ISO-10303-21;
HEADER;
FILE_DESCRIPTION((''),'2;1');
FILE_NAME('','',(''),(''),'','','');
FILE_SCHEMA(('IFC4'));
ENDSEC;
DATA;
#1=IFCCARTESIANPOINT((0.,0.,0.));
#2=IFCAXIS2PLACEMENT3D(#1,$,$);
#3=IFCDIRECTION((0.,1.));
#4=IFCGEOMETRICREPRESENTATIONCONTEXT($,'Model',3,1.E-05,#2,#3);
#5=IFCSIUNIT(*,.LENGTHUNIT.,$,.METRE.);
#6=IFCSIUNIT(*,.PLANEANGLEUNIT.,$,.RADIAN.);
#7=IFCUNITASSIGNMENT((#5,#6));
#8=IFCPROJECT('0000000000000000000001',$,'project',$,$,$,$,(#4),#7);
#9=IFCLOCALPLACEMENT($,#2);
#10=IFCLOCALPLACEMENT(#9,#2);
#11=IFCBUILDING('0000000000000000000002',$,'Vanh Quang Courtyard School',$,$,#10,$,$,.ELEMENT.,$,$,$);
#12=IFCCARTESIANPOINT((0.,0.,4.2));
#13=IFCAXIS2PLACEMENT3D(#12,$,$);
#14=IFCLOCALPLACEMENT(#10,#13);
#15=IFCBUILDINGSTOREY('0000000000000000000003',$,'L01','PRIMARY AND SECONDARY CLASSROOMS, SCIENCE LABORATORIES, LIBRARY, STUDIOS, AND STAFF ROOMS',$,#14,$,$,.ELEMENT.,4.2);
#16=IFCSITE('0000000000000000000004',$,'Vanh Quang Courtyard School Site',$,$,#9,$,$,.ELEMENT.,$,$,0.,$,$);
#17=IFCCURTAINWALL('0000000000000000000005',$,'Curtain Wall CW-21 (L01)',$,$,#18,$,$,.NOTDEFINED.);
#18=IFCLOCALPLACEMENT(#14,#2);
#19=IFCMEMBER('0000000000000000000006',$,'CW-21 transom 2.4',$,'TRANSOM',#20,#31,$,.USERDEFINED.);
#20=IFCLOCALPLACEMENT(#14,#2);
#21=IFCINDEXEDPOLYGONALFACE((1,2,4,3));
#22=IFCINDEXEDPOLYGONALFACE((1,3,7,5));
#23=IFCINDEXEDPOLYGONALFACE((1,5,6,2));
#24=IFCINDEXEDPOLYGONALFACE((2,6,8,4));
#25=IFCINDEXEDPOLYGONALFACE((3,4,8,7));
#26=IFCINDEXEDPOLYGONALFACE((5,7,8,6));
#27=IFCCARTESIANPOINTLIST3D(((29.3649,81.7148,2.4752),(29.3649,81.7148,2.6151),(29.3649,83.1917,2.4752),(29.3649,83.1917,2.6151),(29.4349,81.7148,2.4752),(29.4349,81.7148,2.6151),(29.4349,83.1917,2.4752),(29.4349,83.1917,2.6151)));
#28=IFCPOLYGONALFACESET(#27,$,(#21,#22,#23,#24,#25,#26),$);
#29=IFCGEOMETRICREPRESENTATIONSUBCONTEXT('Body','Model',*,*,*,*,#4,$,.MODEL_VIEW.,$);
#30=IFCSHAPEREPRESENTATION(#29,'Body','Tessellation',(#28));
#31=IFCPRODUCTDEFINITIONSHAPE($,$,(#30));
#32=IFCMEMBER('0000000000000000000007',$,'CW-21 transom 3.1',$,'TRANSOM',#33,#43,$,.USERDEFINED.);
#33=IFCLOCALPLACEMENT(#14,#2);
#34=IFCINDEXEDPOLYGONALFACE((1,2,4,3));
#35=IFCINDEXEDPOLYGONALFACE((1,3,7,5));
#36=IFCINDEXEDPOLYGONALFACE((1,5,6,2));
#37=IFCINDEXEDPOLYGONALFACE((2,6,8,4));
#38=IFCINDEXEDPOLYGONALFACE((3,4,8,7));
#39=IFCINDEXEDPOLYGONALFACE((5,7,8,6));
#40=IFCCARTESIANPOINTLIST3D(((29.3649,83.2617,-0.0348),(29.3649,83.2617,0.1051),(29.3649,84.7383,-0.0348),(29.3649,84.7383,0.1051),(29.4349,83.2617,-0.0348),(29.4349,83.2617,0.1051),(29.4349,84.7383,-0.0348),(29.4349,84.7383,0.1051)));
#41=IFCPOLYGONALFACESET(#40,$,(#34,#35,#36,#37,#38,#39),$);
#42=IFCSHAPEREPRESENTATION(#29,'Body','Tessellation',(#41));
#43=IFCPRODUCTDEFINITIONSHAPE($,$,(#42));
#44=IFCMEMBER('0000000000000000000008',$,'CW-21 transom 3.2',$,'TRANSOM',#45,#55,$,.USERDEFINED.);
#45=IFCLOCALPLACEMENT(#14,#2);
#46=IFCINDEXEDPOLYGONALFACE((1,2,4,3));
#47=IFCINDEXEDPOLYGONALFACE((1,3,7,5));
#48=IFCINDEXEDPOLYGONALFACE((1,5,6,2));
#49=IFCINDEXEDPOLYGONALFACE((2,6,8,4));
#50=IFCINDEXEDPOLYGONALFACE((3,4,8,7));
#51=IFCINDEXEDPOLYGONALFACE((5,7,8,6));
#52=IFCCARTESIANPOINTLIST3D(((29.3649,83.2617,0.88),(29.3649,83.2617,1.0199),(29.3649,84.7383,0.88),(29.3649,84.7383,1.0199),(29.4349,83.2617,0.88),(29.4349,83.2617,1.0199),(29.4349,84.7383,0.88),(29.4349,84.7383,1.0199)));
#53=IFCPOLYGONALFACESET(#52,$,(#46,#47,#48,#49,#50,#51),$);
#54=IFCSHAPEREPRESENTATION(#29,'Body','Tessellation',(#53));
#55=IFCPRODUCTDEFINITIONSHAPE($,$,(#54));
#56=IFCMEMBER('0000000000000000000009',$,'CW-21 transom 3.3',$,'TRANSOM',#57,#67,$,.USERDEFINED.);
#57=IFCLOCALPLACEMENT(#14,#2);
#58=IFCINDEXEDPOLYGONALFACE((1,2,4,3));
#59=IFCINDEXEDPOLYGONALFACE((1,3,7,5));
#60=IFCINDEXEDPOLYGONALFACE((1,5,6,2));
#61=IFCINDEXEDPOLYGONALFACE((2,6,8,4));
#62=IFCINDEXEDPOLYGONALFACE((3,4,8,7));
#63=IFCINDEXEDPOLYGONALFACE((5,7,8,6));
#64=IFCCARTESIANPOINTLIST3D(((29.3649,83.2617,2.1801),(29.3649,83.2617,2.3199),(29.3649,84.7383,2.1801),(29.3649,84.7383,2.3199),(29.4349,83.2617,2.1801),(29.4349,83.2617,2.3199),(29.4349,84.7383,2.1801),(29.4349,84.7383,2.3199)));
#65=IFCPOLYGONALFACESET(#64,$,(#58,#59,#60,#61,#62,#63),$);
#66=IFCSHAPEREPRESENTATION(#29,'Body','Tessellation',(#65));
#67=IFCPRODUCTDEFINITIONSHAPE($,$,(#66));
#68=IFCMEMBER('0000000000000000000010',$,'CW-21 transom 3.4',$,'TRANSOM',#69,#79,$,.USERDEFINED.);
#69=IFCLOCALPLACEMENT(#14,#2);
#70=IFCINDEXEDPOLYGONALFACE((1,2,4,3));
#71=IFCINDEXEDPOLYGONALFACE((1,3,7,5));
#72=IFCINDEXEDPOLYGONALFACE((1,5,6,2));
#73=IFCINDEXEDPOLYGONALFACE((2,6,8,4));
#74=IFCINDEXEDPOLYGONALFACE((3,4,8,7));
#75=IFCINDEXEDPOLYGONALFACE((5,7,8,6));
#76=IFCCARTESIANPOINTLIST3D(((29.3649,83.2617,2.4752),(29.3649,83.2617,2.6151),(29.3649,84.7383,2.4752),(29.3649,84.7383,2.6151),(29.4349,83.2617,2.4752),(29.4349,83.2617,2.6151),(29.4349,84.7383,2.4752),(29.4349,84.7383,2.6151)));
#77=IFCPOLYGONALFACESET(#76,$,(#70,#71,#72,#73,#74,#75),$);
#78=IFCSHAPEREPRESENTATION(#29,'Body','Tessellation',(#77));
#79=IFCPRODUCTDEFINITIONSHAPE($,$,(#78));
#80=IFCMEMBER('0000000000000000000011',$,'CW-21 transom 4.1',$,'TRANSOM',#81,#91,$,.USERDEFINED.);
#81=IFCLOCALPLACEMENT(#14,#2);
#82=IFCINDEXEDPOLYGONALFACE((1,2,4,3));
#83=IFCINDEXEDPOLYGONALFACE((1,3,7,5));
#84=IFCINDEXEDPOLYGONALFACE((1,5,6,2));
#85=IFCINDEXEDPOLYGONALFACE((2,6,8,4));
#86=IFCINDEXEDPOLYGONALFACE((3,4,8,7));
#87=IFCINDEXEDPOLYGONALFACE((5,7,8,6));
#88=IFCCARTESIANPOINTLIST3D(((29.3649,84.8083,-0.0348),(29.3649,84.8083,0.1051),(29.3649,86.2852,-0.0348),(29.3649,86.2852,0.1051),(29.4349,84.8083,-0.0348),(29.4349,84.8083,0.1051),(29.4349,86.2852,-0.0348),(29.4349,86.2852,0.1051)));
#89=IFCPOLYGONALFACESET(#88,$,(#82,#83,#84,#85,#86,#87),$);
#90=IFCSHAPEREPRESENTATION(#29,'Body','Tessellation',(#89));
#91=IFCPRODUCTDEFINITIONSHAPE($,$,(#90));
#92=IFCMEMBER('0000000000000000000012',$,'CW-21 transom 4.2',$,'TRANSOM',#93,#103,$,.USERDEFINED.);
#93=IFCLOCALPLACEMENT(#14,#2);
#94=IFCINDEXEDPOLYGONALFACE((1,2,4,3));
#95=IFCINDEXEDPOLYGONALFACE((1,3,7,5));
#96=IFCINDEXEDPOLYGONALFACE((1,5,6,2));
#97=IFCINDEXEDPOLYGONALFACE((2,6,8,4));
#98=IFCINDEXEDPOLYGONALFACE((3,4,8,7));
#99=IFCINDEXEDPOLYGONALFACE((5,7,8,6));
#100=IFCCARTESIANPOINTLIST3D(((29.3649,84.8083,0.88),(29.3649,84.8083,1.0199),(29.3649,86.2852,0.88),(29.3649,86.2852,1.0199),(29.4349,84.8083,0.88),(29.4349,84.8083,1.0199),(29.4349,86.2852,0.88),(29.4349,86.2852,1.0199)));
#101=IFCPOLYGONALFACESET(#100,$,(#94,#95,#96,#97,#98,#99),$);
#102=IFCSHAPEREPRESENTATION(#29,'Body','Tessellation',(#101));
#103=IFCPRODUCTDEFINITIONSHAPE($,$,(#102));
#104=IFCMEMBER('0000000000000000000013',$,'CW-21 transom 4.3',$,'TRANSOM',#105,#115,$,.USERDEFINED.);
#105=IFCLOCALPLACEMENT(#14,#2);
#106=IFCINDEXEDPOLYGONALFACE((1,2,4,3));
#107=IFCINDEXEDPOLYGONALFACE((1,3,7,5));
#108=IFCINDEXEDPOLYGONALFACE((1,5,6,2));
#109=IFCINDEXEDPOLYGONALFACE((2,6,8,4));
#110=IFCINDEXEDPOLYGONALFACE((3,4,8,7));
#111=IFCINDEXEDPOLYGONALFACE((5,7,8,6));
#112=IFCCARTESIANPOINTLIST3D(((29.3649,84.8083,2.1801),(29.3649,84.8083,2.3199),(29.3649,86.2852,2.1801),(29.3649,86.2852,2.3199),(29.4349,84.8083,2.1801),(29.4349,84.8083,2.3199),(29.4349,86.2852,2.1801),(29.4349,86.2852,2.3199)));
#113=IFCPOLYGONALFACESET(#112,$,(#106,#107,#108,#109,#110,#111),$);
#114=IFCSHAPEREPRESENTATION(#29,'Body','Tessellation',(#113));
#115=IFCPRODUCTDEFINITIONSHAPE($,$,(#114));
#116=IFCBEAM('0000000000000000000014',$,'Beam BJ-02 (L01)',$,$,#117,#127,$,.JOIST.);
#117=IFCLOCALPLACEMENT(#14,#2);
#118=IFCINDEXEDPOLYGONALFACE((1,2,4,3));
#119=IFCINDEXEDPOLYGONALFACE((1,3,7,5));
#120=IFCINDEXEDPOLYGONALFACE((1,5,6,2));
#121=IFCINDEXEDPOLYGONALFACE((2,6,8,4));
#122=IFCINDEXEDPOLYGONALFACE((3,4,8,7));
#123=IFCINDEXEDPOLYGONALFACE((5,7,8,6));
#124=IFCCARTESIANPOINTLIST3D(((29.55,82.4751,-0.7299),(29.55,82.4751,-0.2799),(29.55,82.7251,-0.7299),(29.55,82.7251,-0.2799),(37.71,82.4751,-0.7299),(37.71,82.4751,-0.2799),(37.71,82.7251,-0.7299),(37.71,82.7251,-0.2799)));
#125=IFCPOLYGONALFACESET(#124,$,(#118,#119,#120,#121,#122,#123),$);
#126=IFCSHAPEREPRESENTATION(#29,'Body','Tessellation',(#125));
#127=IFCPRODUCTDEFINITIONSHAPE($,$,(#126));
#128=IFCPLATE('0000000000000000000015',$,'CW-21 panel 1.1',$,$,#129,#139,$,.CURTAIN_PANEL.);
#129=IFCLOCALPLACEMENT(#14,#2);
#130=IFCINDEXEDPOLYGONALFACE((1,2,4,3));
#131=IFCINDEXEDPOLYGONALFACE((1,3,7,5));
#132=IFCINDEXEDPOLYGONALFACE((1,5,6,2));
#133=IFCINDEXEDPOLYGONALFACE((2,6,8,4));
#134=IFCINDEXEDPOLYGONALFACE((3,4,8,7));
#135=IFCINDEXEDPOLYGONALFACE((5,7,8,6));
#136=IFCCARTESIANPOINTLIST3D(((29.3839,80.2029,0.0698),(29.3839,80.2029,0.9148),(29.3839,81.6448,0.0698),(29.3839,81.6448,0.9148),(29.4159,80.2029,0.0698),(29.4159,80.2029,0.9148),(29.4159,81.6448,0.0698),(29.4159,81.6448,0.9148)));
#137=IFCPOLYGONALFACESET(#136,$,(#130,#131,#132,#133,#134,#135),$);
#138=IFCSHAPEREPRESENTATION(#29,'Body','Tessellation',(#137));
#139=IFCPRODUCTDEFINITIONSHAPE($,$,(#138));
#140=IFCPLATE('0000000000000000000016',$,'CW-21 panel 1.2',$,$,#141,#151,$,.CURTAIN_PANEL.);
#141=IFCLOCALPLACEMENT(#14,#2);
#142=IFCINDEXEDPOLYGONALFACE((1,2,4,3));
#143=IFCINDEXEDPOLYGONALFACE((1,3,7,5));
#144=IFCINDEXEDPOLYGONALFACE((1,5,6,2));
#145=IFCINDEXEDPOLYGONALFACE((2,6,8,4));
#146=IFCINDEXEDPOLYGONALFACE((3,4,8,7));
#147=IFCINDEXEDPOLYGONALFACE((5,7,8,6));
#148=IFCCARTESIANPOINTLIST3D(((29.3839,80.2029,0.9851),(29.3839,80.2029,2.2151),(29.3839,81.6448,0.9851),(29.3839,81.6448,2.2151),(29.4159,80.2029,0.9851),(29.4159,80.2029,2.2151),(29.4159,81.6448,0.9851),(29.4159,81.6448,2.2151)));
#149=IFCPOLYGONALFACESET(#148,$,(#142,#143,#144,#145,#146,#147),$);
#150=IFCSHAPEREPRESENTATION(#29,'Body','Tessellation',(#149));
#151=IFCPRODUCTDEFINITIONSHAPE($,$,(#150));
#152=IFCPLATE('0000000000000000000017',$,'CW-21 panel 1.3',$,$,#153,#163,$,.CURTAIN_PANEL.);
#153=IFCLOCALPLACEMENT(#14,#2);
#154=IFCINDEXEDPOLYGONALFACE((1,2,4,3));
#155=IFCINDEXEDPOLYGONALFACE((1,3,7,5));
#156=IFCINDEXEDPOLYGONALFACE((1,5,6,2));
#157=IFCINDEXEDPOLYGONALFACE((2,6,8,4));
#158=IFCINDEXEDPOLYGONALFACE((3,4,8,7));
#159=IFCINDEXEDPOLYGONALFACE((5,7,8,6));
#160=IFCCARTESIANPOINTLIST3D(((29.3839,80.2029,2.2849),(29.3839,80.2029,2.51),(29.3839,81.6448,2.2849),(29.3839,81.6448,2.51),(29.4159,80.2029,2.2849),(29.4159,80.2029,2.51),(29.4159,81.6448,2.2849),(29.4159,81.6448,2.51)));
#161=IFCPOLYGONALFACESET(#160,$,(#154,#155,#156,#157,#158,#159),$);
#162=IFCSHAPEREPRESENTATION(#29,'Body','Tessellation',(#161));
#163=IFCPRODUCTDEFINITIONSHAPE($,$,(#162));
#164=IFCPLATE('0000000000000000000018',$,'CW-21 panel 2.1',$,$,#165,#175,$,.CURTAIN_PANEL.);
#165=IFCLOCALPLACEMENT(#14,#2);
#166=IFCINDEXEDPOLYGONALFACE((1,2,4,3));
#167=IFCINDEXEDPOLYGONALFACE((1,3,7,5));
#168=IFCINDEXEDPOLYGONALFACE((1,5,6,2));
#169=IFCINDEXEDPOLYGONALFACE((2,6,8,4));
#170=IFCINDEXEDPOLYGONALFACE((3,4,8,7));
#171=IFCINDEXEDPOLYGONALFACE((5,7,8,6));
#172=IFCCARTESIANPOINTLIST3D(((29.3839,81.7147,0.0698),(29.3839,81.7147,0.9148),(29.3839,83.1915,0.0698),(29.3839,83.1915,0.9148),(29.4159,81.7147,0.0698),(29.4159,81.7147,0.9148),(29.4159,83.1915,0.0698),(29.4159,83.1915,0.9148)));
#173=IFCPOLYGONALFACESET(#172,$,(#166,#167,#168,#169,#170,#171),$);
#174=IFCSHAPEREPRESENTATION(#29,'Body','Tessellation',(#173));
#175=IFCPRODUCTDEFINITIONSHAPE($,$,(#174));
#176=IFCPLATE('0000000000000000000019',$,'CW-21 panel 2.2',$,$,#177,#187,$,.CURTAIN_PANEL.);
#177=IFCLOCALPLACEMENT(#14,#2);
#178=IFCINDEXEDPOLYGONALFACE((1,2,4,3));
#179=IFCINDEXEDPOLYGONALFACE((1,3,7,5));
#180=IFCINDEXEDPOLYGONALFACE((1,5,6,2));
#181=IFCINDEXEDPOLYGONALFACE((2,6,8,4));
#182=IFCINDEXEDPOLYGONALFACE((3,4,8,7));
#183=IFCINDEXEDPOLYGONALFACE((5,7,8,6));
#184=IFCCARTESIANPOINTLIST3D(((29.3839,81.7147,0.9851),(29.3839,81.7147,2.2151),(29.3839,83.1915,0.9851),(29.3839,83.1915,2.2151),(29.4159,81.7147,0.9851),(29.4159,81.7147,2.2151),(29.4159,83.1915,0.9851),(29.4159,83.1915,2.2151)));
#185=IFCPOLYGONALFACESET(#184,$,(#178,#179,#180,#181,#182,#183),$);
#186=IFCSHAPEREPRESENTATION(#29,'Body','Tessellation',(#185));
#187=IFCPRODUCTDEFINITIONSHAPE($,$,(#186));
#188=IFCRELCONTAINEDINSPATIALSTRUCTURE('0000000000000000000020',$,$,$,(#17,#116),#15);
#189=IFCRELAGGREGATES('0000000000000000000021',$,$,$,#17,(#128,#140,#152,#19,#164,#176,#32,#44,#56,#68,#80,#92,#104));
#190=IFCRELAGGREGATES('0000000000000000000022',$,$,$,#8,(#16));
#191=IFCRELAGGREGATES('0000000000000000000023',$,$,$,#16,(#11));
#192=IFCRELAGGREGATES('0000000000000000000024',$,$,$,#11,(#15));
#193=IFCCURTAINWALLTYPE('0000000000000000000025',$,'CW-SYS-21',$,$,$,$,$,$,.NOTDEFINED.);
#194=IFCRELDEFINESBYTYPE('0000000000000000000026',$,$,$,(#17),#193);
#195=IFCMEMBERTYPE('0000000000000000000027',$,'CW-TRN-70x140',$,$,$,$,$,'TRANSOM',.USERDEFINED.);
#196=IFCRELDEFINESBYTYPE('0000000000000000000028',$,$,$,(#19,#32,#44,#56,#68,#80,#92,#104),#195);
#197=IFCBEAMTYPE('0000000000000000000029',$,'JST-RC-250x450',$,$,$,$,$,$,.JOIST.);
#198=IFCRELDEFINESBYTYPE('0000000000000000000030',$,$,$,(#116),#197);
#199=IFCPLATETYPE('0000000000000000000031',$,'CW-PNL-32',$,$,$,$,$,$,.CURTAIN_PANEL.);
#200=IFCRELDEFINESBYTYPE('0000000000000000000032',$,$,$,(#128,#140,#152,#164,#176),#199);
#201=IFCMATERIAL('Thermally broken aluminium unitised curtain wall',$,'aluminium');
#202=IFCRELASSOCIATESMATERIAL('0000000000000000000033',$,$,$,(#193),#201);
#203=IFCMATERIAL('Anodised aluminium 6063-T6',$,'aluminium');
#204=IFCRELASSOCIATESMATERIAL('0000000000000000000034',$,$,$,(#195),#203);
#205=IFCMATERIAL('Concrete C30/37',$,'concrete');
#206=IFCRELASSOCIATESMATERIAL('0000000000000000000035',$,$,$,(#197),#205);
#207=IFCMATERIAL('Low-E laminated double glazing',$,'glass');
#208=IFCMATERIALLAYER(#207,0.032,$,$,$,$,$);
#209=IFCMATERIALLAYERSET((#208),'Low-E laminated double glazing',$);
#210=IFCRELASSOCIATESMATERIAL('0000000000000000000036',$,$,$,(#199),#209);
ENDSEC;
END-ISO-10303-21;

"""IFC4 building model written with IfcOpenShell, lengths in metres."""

from ifc_helpers import new_model, si_unit, direction, frame, origin, origin_2d, place, context, subcontext, project, spatial, rectangle, extrude, material, layer, layer_set, material_profile, profile_set, type_object, element, aggregate, save


model = new_model("IFC4")

# Units and contexts
model_context = context("Model", 3, precision=1e-05, world=origin(), true_north=direction((0.0, 1.0)))
body_context = subcontext(model_context, "Body", "Model", "MODEL_VIEW")
ifc_project = project(units=[si_unit("LENGTHUNIT", "METRE"), si_unit("PLANEANGLEUNIT", "RADIAN")], contexts=[model_context])

# Site, building, storey
site_placement = place(None, origin())
site = spatial("IfcSite", under=ifc_project, at=site_placement, Name="Vanh Quang Courtyard School Site", CompositionType="ELEMENT", RefElevation=0.0)
building_placement = place(site_placement, origin())
building = spatial("IfcBuilding", under=site, at=building_placement, Name="Vanh Quang Courtyard School", CompositionType="ELEMENT")
storey_placement = place(building_placement, frame((0.0, 0.0, 4.2)))
storey = spatial("IfcBuildingStorey", under=building, at=storey_placement, Name="L01", Description="PRIMARY AND SECONDARY CLASSROOMS, SCIENCE LABORATORIES, LIBRARY, STUDIOS, AND STAFF ROOMS", CompositionType="ELEMENT", Elevation=4.2)

# Curtain wall, members
ifc_material_1 = material(Name="Thermally broken aluminium unitised curtain wall", Category="aluminium")
curtain_wall_type = type_object("IfcCurtainWallType", Name="CW-SYS-21", PredefinedType="NOTDEFINED", material=ifc_material_1)
curtain_wall_placement = place(storey_placement, origin())
curtain_wall = element("IfcCurtainWall", 1, at=curtain_wall_placement, inside=storey, type_object=curtain_wall_type, Name="Curtain Wall CW-21 (L01)", PredefinedType="NOTDEFINED")
ifc_material_2 = material(Name="Anodised aluminium 6063-T6", Category="aluminium")
ifc_material_profile_1 = material_profile(ifc_material_2, rectangle(XDim=0.0701, YDim=0.1399, at=origin_2d()), Name="ALU-TRN 70x140")
ifc_profile_set_1 = profile_set([ifc_material_profile_1], Name="Anodised aluminium 6063-T6")
member_type_1 = type_object("IfcMemberType", Name="CW-TRN-70x140", ElementType="TRANSOM", PredefinedType="USERDEFINED", material=ifc_profile_set_1)
member_1_placement = place(storey_placement, frame((29.3999, 81.7148, 2.5452), z_axis=(0.0, 1.0, 0.0), x_axis=(-1.0, 0.0, 0.0)))
member_1 = element("IfcMember", 2, at=member_1_placement, type_object=member_type_1, Name="CW-21 transom 2.4", ObjectType="TRANSOM", PredefinedType="USERDEFINED", context=body_context, shape_type="SweptSolid", body=[
    extrude(rectangle(XDim=0.0701, YDim=0.1399, at=origin_2d()), origin(), (0.0, 0.0, 1.0), 1.4768),
])
member_2_placement = place(storey_placement, frame((29.3999, 83.2617, 0.0352), z_axis=(0.0, 1.0, 0.0), x_axis=(-1.0, 0.0, 0.0)))
member_2 = element("IfcMember", 3, at=member_2_placement, type_object=member_type_1, Name="CW-21 transom 3.1", ObjectType="TRANSOM", PredefinedType="USERDEFINED", context=body_context, shape_type="SweptSolid", body=[
    extrude(rectangle(XDim=0.0701, YDim=0.1399, at=origin_2d()), origin(), (0.0, 0.0, 1.0), 1.4766),
])
member_3_placement = place(storey_placement, frame((29.3999, 83.2617, 0.95), z_axis=(0.0, 1.0, 0.0), x_axis=(-1.0, 0.0, 0.0)))
member_3 = element("IfcMember", 4, at=member_3_placement, type_object=member_type_1, Name="CW-21 transom 3.2", ObjectType="TRANSOM", PredefinedType="USERDEFINED", context=body_context, shape_type="SweptSolid", body=[
    extrude(rectangle(XDim=0.0701, YDim=0.1399, at=origin_2d()), origin(), (0.0, 0.0, 1.0), 1.4766),
])
member_4_placement = place(storey_placement, frame((29.3999, 83.2617, 2.25), z_axis=(0.0, 1.0, 0.0), x_axis=(-1.0, 0.0, 0.0)))
member_4 = element("IfcMember", 5, at=member_4_placement, type_object=member_type_1, Name="CW-21 transom 3.3", ObjectType="TRANSOM", PredefinedType="USERDEFINED", context=body_context, shape_type="SweptSolid", body=[
    extrude(rectangle(XDim=0.0701, YDim=0.1399, at=origin_2d()), origin(), (0.0, 0.0, 1.0), 1.4766),
])
member_5_placement = place(storey_placement, frame((29.3999, 83.2617, 2.5452), z_axis=(0.0, 1.0, 0.0), x_axis=(-1.0, 0.0, 0.0)))
member_5 = element("IfcMember", 6, at=member_5_placement, type_object=member_type_1, Name="CW-21 transom 3.4", ObjectType="TRANSOM", PredefinedType="USERDEFINED", context=body_context, shape_type="SweptSolid", body=[
    extrude(rectangle(XDim=0.0701, YDim=0.1399, at=origin_2d()), origin(), (0.0, 0.0, 1.0), 1.4766),
])
member_6_placement = place(storey_placement, frame((29.3999, 84.8083, 0.0352), z_axis=(0.0, 1.0, 0.0), x_axis=(-1.0, 0.0, 0.0)))
member_6 = element("IfcMember", 7, at=member_6_placement, type_object=member_type_1, Name="CW-21 transom 4.1", ObjectType="TRANSOM", PredefinedType="USERDEFINED", context=body_context, shape_type="SweptSolid", body=[
    extrude(rectangle(XDim=0.0701, YDim=0.1399, at=origin_2d()), origin(), (0.0, 0.0, 1.0), 1.4768),
])
member_7_placement = place(storey_placement, frame((29.3999, 84.8083, 0.95), z_axis=(0.0, 1.0, 0.0), x_axis=(-1.0, 0.0, 0.0)))
member_7 = element("IfcMember", 8, at=member_7_placement, type_object=member_type_1, Name="CW-21 transom 4.2", ObjectType="TRANSOM", PredefinedType="USERDEFINED", context=body_context, shape_type="SweptSolid", body=[
    extrude(rectangle(XDim=0.0701, YDim=0.1399, at=origin_2d()), origin(), (0.0, 0.0, 1.0), 1.4768),
])
member_8_placement = place(storey_placement, frame((29.3999, 84.8083, 2.25), z_axis=(0.0, 1.0, 0.0), x_axis=(-1.0, 0.0, 0.0)))
member_8 = element("IfcMember", 9, at=member_8_placement, type_object=member_type_1, Name="CW-21 transom 4.3", ObjectType="TRANSOM", PredefinedType="USERDEFINED", context=body_context, shape_type="SweptSolid", body=[
    extrude(rectangle(XDim=0.0701, YDim=0.1399, at=origin_2d()), origin(), (0.0, 0.0, 1.0), 1.4768),
])

# Beam
ifc_material_3 = material(Name="Concrete C30/37", Category="concrete")
ifc_material_profile_2 = material_profile(ifc_material_3, rectangle(XDim=0.25, YDim=0.45, at=origin_2d()), Name="RC-JST 250x450")
ifc_profile_set_2 = profile_set([ifc_material_profile_2], Name="Concrete C30/37")
beam_type_1 = type_object("IfcBeamType", Name="JST-RC-250x450", PredefinedType="JOIST", material=ifc_profile_set_2)
beam_1_placement = place(storey_placement, frame((29.55, 82.6001, -0.5049), z_axis=(1.0, 0.0, 0.0), x_axis=(0.0, 1.0, 0.0)))
element("IfcBeam", 10, at=beam_1_placement, inside=storey, type_object=beam_type_1, Name="Beam BJ-02 (L01)", PredefinedType="JOIST", context=body_context, shape_type="SweptSolid", body=[
    extrude(rectangle(XDim=0.25, YDim=0.45, at=origin_2d()), origin(), (0.0, 0.0, 1.0), 8.1599),
])

# Plates
ifc_material_4 = material(Name="Low-E laminated double glazing", Category="glass")
ifc_layer = layer(ifc_material_4, 0.032)
ifc_layer_set = layer_set([ifc_layer], Name="Low-E laminated double glazing")
plate_type = type_object("IfcPlateType", Name="CW-PNL-32", PredefinedType="CURTAIN_PANEL", material=ifc_layer_set)
plate_1_placement = place(storey_placement, frame((29.3999, 80.9238, 0.0698), z_axis=(0.0, 0.0, 1.0), x_axis=(0.0, 1.0, 0.0)))
plate_1 = element("IfcPlate", 11, at=plate_1_placement, type_object=plate_type, Name="CW-21 panel 1.1", PredefinedType="CURTAIN_PANEL", context=body_context, shape_type="SweptSolid", body=[
    extrude(rectangle(XDim=1.4419, YDim=0.032, at=origin_2d()), origin(), (0.0, 0.0, 1.0), 0.845),
])
plate_2_placement = place(storey_placement, frame((29.3999, 80.9238, 0.9851), z_axis=(0.0, 0.0, 1.0), x_axis=(0.0, 1.0, 0.0)))
plate_2 = element("IfcPlate", 12, at=plate_2_placement, type_object=plate_type, Name="CW-21 panel 1.2", PredefinedType="CURTAIN_PANEL", context=body_context, shape_type="SweptSolid", body=[
    extrude(rectangle(XDim=1.4419, YDim=0.032, at=origin_2d()), origin(), (0.0, 0.0, 1.0), 1.23),
])
plate_3_placement = place(storey_placement, frame((29.3999, 80.9238, 2.2849), z_axis=(0.0, 0.0, 1.0), x_axis=(0.0, 1.0, 0.0)))
plate_3 = element("IfcPlate", 13, at=plate_3_placement, type_object=plate_type, Name="CW-21 panel 1.3", PredefinedType="CURTAIN_PANEL", context=body_context, shape_type="SweptSolid", body=[
    extrude(rectangle(XDim=1.4419, YDim=0.032, at=origin_2d()), origin(), (0.0, 0.0, 1.0), 0.2251),
])
plate_4_placement = place(storey_placement, frame((29.3999, 82.4531, 0.0698), z_axis=(0.0, 0.0, 1.0), x_axis=(0.0, 1.0, 0.0)))
plate_4 = element("IfcPlate", 14, at=plate_4_placement, type_object=plate_type, Name="CW-21 panel 2.1", PredefinedType="CURTAIN_PANEL", context=body_context, shape_type="SweptSolid", body=[
    extrude(rectangle(XDim=1.4768, YDim=0.032, at=origin_2d()), origin(), (0.0, 0.0, 1.0), 0.845),
])
plate_5_placement = place(storey_placement, frame((29.3999, 82.4531, 0.9851), z_axis=(0.0, 0.0, 1.0), x_axis=(0.0, 1.0, 0.0)))
plate_5 = element("IfcPlate", 15, at=plate_5_placement, type_object=plate_type, Name="CW-21 panel 2.2", PredefinedType="CURTAIN_PANEL", context=body_context, shape_type="SweptSolid", body=[
    extrude(rectangle(XDim=1.4768, YDim=0.032, at=origin_2d()), origin(), (0.0, 0.0, 1.0), 1.23),
])
aggregate(curtain_wall, [plate_1, plate_2, plate_3, member_1, plate_4, plate_5, member_2, member_3, member_4, member_5, member_6, member_7, member_8])

save(model, "model.ifc")
